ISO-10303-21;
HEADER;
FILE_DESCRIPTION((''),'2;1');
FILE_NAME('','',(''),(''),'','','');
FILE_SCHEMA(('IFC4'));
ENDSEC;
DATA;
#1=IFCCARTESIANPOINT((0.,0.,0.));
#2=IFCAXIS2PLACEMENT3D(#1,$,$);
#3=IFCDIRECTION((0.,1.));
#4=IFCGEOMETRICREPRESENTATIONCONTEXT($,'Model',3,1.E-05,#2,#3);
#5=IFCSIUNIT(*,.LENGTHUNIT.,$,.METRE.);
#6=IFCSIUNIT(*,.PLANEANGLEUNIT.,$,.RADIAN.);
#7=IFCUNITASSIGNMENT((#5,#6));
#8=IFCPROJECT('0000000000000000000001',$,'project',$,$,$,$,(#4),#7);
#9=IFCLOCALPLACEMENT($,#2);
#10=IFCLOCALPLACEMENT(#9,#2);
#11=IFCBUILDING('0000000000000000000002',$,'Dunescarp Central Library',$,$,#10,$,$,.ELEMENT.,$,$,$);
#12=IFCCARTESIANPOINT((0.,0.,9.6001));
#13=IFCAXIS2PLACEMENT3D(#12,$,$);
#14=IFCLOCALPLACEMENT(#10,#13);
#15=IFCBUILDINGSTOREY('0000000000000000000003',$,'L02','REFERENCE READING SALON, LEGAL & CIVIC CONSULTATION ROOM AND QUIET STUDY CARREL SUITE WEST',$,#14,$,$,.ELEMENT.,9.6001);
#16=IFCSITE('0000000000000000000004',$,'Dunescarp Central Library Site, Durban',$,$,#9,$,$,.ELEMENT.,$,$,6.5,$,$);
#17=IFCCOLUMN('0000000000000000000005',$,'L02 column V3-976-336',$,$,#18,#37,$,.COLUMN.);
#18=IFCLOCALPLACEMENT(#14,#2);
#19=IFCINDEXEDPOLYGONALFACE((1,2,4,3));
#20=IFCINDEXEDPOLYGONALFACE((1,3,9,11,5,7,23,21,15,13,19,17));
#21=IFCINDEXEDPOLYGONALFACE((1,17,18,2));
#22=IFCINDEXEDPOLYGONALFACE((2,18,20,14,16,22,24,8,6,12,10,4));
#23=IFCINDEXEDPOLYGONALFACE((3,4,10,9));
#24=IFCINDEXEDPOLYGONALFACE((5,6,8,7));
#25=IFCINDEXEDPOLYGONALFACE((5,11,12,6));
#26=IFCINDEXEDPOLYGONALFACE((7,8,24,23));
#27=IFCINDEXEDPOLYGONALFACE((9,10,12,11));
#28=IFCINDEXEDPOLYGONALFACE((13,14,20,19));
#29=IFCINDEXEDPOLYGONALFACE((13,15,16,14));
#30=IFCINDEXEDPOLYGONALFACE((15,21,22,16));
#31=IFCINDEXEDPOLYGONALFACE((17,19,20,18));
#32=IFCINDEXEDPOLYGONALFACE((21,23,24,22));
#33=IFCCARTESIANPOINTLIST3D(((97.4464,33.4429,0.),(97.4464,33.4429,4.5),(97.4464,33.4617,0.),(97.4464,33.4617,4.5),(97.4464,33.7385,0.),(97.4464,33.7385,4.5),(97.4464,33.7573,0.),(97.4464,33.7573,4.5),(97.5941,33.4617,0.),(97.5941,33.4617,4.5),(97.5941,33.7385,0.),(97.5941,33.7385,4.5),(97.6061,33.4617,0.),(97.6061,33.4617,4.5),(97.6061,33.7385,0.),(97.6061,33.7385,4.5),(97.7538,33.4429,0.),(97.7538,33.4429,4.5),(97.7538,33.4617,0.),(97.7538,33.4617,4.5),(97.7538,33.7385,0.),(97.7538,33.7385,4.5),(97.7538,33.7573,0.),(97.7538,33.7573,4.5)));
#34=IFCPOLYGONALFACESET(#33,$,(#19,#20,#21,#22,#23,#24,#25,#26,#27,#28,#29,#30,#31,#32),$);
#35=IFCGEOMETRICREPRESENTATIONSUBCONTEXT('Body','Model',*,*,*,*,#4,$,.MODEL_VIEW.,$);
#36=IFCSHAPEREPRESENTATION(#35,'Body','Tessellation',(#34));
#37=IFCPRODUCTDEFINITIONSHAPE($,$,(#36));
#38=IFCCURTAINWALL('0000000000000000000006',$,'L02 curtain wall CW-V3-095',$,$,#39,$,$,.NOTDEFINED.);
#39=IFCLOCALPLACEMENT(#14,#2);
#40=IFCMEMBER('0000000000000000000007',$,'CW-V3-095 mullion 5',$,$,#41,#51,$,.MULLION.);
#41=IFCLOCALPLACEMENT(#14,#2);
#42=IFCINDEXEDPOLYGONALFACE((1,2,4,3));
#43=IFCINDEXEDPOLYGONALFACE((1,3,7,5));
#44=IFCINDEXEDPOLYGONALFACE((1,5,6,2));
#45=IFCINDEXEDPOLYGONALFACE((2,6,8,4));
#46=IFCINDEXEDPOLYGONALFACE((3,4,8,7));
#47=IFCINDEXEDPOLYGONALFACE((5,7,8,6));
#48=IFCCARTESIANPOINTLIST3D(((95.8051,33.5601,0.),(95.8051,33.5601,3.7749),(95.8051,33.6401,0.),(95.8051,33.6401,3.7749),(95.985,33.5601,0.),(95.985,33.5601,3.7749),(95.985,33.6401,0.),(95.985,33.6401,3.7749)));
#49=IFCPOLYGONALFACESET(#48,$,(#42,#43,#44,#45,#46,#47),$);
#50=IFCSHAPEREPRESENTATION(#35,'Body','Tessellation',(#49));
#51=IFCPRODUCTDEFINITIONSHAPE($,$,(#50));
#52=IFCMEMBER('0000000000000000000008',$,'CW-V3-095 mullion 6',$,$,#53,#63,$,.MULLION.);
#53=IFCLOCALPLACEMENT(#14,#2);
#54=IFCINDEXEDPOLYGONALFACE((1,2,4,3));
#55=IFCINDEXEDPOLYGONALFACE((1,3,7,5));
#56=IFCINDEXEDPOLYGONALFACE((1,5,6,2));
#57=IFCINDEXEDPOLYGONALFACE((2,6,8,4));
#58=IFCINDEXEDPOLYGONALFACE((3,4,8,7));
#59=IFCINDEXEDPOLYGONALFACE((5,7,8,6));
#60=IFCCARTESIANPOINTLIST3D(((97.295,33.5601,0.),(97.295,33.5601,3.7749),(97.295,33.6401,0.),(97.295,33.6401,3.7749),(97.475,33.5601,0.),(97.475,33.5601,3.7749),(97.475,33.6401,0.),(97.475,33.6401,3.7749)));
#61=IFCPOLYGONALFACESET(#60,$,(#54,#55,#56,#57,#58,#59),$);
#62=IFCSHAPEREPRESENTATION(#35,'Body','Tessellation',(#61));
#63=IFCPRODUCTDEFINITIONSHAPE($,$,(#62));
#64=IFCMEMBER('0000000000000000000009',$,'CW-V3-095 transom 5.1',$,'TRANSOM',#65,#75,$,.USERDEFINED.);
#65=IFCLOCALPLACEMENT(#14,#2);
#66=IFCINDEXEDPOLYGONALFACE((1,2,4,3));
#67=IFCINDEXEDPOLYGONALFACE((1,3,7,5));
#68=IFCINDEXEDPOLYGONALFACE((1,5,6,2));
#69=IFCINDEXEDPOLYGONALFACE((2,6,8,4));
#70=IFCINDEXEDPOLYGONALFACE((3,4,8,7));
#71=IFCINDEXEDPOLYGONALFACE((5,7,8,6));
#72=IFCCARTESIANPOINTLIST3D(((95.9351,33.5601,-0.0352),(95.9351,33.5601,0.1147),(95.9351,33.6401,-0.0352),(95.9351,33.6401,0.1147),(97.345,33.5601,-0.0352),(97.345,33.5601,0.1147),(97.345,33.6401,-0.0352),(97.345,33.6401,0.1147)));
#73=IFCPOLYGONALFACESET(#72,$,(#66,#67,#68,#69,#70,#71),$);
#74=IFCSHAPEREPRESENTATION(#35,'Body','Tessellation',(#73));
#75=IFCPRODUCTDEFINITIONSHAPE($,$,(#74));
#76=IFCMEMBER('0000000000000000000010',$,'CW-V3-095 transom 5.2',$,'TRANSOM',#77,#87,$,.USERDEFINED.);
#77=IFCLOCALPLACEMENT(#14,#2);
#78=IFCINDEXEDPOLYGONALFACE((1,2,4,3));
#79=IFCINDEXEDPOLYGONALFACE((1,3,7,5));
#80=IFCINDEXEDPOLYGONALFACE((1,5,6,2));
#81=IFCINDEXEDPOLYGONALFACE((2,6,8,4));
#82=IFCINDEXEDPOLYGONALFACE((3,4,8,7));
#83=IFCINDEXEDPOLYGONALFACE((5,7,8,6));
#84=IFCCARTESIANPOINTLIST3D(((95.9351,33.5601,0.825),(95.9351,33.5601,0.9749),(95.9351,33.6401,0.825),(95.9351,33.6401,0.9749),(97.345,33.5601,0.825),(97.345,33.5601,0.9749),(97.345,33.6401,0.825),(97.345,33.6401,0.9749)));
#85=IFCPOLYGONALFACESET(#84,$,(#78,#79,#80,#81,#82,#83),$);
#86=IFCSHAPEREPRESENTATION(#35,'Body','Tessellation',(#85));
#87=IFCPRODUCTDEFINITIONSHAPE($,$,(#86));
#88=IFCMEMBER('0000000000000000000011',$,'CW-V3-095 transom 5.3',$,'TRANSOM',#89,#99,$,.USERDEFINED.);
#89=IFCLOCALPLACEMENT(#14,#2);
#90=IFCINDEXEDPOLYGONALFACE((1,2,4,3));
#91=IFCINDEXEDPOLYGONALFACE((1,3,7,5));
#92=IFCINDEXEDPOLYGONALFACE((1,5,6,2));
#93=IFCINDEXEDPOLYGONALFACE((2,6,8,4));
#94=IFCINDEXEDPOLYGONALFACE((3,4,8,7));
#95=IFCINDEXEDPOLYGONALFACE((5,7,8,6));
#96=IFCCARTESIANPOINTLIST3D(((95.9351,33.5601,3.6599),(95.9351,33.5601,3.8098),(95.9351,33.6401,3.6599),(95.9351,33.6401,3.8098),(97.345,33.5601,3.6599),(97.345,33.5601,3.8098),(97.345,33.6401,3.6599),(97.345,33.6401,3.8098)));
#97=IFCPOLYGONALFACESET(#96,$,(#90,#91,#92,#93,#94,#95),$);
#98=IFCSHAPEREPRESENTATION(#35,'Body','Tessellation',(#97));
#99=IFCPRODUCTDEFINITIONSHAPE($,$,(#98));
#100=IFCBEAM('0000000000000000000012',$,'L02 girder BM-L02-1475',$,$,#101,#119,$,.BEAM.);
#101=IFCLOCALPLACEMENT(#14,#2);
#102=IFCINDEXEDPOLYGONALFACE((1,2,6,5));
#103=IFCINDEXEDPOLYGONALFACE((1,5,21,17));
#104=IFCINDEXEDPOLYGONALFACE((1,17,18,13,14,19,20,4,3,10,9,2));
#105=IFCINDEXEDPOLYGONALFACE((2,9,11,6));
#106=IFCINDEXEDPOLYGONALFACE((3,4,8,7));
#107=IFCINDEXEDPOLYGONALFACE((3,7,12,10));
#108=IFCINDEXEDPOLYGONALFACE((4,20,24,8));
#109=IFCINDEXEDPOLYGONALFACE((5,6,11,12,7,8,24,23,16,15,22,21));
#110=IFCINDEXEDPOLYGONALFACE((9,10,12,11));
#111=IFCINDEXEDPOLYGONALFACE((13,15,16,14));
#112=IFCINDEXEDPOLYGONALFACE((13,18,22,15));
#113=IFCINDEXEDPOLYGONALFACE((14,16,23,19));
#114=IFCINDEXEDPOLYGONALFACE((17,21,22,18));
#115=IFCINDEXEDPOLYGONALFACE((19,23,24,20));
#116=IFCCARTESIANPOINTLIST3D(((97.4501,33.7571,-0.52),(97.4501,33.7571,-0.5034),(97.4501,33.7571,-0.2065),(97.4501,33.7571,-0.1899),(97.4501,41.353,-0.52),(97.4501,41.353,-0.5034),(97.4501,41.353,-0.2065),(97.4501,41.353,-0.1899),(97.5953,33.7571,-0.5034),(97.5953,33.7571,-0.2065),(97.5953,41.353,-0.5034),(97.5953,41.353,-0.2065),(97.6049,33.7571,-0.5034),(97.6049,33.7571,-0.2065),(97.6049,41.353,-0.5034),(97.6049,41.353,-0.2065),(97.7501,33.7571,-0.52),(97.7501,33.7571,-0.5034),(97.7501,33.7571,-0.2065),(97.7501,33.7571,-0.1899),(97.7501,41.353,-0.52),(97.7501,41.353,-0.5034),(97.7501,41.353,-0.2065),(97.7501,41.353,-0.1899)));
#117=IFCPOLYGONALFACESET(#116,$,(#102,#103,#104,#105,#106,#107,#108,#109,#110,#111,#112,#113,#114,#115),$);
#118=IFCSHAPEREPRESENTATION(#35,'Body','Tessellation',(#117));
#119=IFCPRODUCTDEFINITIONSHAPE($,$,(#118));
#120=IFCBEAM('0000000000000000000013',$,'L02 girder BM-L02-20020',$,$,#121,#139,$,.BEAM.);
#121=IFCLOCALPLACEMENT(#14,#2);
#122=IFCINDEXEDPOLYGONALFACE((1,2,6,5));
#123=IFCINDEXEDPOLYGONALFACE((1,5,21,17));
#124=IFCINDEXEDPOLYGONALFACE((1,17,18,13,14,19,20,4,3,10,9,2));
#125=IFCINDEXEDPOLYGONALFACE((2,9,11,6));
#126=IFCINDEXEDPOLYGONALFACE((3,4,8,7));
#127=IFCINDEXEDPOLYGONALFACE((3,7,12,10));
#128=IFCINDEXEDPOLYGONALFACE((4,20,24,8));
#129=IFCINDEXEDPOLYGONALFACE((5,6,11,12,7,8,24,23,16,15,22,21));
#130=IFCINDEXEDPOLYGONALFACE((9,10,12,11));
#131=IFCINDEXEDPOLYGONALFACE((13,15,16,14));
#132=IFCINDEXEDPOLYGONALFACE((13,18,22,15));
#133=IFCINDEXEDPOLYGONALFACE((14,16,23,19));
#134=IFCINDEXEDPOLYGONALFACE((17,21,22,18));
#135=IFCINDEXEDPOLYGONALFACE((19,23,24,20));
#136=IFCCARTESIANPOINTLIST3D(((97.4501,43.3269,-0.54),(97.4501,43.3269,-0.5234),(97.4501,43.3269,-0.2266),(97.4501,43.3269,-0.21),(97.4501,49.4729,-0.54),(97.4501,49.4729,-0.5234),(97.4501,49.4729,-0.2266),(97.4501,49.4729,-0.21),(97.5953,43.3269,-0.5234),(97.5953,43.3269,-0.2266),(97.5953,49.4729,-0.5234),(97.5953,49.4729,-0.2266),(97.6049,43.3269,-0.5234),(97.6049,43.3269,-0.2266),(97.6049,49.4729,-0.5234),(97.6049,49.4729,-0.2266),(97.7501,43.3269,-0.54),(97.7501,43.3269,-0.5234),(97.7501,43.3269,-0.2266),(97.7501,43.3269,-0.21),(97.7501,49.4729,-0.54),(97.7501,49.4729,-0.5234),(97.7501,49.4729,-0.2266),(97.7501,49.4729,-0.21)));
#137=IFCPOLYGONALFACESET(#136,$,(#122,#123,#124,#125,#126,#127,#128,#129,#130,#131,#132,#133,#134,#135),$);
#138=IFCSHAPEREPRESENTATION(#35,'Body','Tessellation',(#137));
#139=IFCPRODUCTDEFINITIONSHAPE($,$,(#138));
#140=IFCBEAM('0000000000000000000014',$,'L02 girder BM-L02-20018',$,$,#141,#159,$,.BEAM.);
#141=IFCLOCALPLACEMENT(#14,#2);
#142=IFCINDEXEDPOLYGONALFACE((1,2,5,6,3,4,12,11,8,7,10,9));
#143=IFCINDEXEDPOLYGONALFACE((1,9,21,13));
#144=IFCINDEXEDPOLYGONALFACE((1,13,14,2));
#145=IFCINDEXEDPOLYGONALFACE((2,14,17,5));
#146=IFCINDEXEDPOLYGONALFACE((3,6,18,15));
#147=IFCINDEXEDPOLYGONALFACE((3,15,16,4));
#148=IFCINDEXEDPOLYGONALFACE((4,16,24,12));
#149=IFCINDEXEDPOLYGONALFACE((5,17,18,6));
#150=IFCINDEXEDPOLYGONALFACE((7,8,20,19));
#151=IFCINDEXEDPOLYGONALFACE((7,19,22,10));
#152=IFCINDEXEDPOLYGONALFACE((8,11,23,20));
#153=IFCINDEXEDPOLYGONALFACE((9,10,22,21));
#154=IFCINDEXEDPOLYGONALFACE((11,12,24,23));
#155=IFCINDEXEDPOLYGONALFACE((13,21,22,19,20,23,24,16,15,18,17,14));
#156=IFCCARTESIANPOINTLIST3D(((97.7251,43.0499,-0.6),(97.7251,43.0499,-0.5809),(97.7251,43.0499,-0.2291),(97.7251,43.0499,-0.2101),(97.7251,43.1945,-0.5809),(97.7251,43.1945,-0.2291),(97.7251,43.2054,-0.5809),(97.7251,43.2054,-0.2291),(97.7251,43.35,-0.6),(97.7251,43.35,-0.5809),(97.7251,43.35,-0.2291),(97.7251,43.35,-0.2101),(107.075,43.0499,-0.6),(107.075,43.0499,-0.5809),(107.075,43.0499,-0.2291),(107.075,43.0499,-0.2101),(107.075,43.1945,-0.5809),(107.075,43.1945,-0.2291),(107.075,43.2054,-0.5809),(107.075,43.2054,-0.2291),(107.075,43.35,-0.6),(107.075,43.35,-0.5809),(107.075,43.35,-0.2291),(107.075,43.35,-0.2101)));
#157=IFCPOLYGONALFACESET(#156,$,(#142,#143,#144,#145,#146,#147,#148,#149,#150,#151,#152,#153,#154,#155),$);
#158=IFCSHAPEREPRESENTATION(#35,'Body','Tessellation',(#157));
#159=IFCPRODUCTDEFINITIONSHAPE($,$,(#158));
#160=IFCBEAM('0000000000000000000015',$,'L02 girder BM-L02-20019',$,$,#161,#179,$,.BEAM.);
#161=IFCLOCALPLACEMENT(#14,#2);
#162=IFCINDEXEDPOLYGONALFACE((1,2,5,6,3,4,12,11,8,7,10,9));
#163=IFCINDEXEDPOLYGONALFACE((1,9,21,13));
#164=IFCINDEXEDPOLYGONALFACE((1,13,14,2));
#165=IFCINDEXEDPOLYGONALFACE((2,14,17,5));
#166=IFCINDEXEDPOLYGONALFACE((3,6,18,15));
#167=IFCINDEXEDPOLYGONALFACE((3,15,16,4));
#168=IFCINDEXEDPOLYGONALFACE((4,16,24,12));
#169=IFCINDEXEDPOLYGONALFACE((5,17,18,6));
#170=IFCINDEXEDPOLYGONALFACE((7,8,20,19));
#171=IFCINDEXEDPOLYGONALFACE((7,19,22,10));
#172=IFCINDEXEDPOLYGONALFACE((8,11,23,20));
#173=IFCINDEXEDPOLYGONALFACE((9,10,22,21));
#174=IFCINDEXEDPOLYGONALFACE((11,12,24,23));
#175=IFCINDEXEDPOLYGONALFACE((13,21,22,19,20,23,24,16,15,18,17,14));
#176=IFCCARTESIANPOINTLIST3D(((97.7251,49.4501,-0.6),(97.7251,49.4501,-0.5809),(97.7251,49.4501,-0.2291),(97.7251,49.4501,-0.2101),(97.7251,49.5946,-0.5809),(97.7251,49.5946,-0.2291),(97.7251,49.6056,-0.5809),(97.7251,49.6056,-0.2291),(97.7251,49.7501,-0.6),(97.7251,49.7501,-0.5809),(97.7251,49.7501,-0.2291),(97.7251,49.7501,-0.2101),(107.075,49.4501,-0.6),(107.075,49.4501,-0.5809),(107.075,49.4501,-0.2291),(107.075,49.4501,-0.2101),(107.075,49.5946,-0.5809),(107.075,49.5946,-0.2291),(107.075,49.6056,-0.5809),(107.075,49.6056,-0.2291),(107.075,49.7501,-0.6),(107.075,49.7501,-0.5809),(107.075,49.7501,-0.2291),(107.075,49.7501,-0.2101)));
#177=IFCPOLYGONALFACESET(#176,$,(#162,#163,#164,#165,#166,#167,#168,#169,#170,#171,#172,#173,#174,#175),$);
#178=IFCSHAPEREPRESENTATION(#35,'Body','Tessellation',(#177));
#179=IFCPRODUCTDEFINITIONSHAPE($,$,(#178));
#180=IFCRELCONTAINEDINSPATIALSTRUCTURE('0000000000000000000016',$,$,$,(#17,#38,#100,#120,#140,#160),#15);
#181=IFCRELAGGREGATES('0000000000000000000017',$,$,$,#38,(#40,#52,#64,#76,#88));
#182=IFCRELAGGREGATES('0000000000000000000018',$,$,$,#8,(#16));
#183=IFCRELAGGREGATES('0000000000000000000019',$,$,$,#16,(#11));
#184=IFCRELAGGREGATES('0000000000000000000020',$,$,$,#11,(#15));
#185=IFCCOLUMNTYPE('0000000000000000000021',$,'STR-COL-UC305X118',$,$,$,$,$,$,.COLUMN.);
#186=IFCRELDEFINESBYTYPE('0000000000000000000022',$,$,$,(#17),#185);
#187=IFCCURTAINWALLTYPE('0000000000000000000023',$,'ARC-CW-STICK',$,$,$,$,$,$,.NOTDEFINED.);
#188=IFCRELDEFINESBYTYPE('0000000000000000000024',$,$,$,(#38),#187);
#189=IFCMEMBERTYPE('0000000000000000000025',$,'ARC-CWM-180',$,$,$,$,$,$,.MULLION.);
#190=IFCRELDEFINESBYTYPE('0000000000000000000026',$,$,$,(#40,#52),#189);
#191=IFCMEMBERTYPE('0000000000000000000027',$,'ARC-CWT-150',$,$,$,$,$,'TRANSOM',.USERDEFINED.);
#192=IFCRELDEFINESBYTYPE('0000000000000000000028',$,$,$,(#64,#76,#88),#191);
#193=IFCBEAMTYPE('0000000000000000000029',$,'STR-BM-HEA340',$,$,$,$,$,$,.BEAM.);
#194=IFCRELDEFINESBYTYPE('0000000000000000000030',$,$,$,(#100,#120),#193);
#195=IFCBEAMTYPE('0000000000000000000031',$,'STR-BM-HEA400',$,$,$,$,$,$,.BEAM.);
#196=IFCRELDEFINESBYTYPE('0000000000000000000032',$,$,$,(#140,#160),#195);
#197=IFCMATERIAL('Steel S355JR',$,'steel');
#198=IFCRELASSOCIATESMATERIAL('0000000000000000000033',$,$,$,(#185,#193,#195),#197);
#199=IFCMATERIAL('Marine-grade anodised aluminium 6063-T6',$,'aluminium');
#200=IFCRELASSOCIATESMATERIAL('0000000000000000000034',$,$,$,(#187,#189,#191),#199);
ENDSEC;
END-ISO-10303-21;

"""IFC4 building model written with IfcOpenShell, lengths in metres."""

from ifc_helpers import new_model, si_unit, direction, frame, origin, origin_2d, place, context, subcontext, project, spatial, rectangle, i_section, extrude, material, material_profile, profile_set, type_object, element, aggregate, save


model = new_model("IFC4")

# Units and contexts
model_context = context("Model", 3, precision=1e-05, world=origin(), true_north=direction((0.0, 1.0)))
body_context = subcontext(model_context, "Body", "Model", "MODEL_VIEW")
ifc_project = project(units=[si_unit("LENGTHUNIT", "METRE"), si_unit("PLANEANGLEUNIT", "RADIAN")], contexts=[model_context])

# Site, building, storey
site_placement = place(None, origin())
site = spatial("IfcSite", under=ifc_project, at=site_placement, Name="Dunescarp Central Library Site, Durban", CompositionType="ELEMENT", RefElevation=6.5)
building_placement = place(site_placement, origin())
building = spatial("IfcBuilding", under=site, at=building_placement, Name="Dunescarp Central Library", CompositionType="ELEMENT")
storey_placement = place(building_placement, frame((0.0, 0.0, 9.6001)))
storey = spatial("IfcBuildingStorey", under=building, at=storey_placement, Name="L02", Description="REFERENCE READING SALON, LEGAL & CIVIC CONSULTATION ROOM AND QUIET STUDY CARREL SUITE WEST", CompositionType="ELEMENT", Elevation=9.6001)

# Column
ifc_material_1 = material(Name="Steel S355JR", Category="steel")
ifc_material_profile_1 = material_profile(ifc_material_1, i_section(OverallWidth=0.3074, OverallDepth=0.3145, WebThickness=0.012, FlangeThickness=0.0188, at=origin_2d()), Name="UC 305x305x118")
ifc_profile_set_1 = profile_set([ifc_material_profile_1], Name="Steel S355JR")
column_type = type_object("IfcColumnType", Name="STR-COL-UC305X118", PredefinedType="COLUMN", material=ifc_profile_set_1)
column_placement = place(storey_placement, frame((97.6001, 33.6001, 0.0), z_axis=(0.0, 0.0, 1.0), x_axis=(1.0, 0.0, 0.0)))
element("IfcColumn", 1, at=column_placement, inside=storey, type_object=column_type, Name="L02 column V3-976-336", PredefinedType="COLUMN", context=body_context, shape_type="SweptSolid", body=[
    extrude(i_section(OverallWidth=0.3074, OverallDepth=0.3145, WebThickness=0.012, FlangeThickness=0.0188, at=origin_2d()), origin(), (0.0, 0.0, 1.0), 4.5),
])

# Curtain wall, members
ifc_material_2 = material(Name="Marine-grade anodised aluminium 6063-T6", Category="aluminium")
curtain_wall_type = type_object("IfcCurtainWallType", Name="ARC-CW-STICK", PredefinedType="NOTDEFINED", material=ifc_material_2)
curtain_wall_placement = place(storey_placement, origin())
curtain_wall = element("IfcCurtainWall", 2, at=curtain_wall_placement, inside=storey, type_object=curtain_wall_type, Name="L02 curtain wall CW-V3-095", PredefinedType="NOTDEFINED")
ifc_material_profile_2 = material_profile(ifc_material_2, rectangle(XDim=0.0801, YDim=0.1799, at=origin_2d()), Name="AL 80x180")
ifc_profile_set_2 = profile_set([ifc_material_profile_2], Name="Marine-grade anodised aluminium 6063-T6")
member_type_1 = type_object("IfcMemberType", Name="ARC-CWM-180", PredefinedType="MULLION", material=ifc_profile_set_2)
member_1_placement = place(storey_placement, frame((95.895, 33.6001, 0.0), z_axis=(0.0, 0.0, 1.0), x_axis=(0.0, 1.0, 0.0)))
member_1 = element("IfcMember", 3, at=member_1_placement, type_object=member_type_1, Name="CW-V3-095 mullion 5", PredefinedType="MULLION", context=body_context, shape_type="SweptSolid", body=[
    extrude(rectangle(XDim=0.0801, YDim=0.1799, at=origin_2d()), origin(), (0.0, 0.0, 1.0), 3.7749),
])
member_2_placement = place(storey_placement, frame((97.385, 33.6001, 0.0), z_axis=(0.0, 0.0, 1.0), x_axis=(0.0, 1.0, 0.0)))
member_2 = element("IfcMember", 4, at=member_2_placement, type_object=member_type_1, Name="CW-V3-095 mullion 6", PredefinedType="MULLION", context=body_context, shape_type="SweptSolid", body=[
    extrude(rectangle(XDim=0.0801, YDim=0.1799, at=origin_2d()), origin(), (0.0, 0.0, 1.0), 3.7749),
])
ifc_material_profile_3 = material_profile(ifc_material_2, rectangle(XDim=0.0801, YDim=0.1499, at=origin_2d()), Name="AL 80x150")
ifc_profile_set_3 = profile_set([ifc_material_profile_3], Name="Marine-grade anodised aluminium 6063-T6")
member_type_2 = type_object("IfcMemberType", Name="ARC-CWT-150", ElementType="TRANSOM", PredefinedType="USERDEFINED", material=ifc_profile_set_3)
member_3_placement = place(storey_placement, frame((95.9351, 33.6001, 0.0398), z_axis=(1.0, 0.0, 0.0), x_axis=(0.0, 1.0, 0.0)))
member_3 = element("IfcMember", 5, at=member_3_placement, type_object=member_type_2, Name="CW-V3-095 transom 5.1", ObjectType="TRANSOM", PredefinedType="USERDEFINED", context=body_context, shape_type="SweptSolid", body=[
    extrude(rectangle(XDim=0.0801, YDim=0.1499, at=origin_2d()), origin(), (0.0, 0.0, 1.0), 1.4099),
])
member_4_placement = place(storey_placement, frame((95.9351, 33.6001, 0.8999), z_axis=(1.0, 0.0, 0.0), x_axis=(0.0, 1.0, 0.0)))
member_4 = element("IfcMember", 6, at=member_4_placement, type_object=member_type_2, Name="CW-V3-095 transom 5.2", ObjectType="TRANSOM", PredefinedType="USERDEFINED", context=body_context, shape_type="SweptSolid", body=[
    extrude(rectangle(XDim=0.0801, YDim=0.1499, at=origin_2d()), origin(), (0.0, 0.0, 1.0), 1.4099),
])
member_5_placement = place(storey_placement, frame((95.9351, 33.6001, 3.7349), z_axis=(1.0, 0.0, 0.0), x_axis=(0.0, 1.0, 0.0)))
member_5 = element("IfcMember", 7, at=member_5_placement, type_object=member_type_2, Name="CW-V3-095 transom 5.3", ObjectType="TRANSOM", PredefinedType="USERDEFINED", context=body_context, shape_type="SweptSolid", body=[
    extrude(rectangle(XDim=0.0801, YDim=0.1499, at=origin_2d()), origin(), (0.0, 0.0, 1.0), 1.4099),
])

# Beams
ifc_material_profile_4 = material_profile(ifc_material_1, i_section(OverallWidth=0.3, OverallDepth=0.3301, WebThickness=0.0095, FlangeThickness=0.0166, at=origin_2d()), Name="HEA 340")
ifc_profile_set_4 = profile_set([ifc_material_profile_4], Name="Steel S355JR")
beam_type_1 = type_object("IfcBeamType", Name="STR-BM-HEA340", PredefinedType="BEAM", material=ifc_profile_set_4)
beam_1_placement = place(storey_placement, frame((97.6001, 33.7571, -0.355), z_axis=(0.0, 1.0, 0.0), x_axis=(-1.0, 0.0, 0.0)))
element("IfcBeam", 8, at=beam_1_placement, inside=storey, type_object=beam_type_1, Name="L02 girder BM-L02-1475", PredefinedType="BEAM", context=body_context, shape_type="SweptSolid", body=[
    extrude(i_section(OverallWidth=0.3, OverallDepth=0.3301, WebThickness=0.0095, FlangeThickness=0.0166, at=origin_2d()), origin(), (0.0, 0.0, 1.0), 7.5959),
])
beam_2_placement = place(storey_placement, frame((97.6001, 43.3269, -0.375), z_axis=(0.0, 1.0, 0.0), x_axis=(-1.0, 0.0, 0.0)))
element("IfcBeam", 9, at=beam_2_placement, inside=storey, type_object=beam_type_1, Name="L02 girder BM-L02-20020", PredefinedType="BEAM", context=body_context, shape_type="SweptSolid", body=[
    extrude(i_section(OverallWidth=0.3, OverallDepth=0.3301, WebThickness=0.0095, FlangeThickness=0.0166, at=origin_2d()), origin(), (0.0, 0.0, 1.0), 6.146),
])
ifc_material_profile_5 = material_profile(ifc_material_1, i_section(OverallWidth=0.3, OverallDepth=0.3899, WebThickness=0.011, FlangeThickness=0.019, at=origin_2d()), Name="HEA 400")
ifc_profile_set_5 = profile_set([ifc_material_profile_5], Name="Steel S355JR")
beam_type_2 = type_object("IfcBeamType", Name="STR-BM-HEA400", PredefinedType="BEAM", material=ifc_profile_set_5)
for number, where, z_axis, x_axis, name in (
    (10, (97.7251, 43.2, -0.405), (1.0, 0.0, 0.0), (0.0, 1.0, 0.0), "L02 girder BM-L02-20018"),
    (11, (97.7251, 49.6001, -0.405), (1.0, 0.0, 0.0), (0.0, 1.0, 0.0), "L02 girder BM-L02-20019"),
):
    element("IfcBeam", number, at=place(storey_placement, frame(where, z_axis=z_axis, x_axis=x_axis)), inside=storey, type_object=beam_type_2, Name=name, PredefinedType="BEAM", context=body_context, shape_type="SweptSolid", body=[
        extrude(i_section(OverallWidth=0.3, OverallDepth=0.3899, WebThickness=0.011, FlangeThickness=0.019, at=origin_2d()), origin(), (0.0, 0.0, 1.0), 9.3499),
    ])

aggregate(curtain_wall, [member_1, member_2, member_3, member_4, member_5])

save(model, "model.ifc")
